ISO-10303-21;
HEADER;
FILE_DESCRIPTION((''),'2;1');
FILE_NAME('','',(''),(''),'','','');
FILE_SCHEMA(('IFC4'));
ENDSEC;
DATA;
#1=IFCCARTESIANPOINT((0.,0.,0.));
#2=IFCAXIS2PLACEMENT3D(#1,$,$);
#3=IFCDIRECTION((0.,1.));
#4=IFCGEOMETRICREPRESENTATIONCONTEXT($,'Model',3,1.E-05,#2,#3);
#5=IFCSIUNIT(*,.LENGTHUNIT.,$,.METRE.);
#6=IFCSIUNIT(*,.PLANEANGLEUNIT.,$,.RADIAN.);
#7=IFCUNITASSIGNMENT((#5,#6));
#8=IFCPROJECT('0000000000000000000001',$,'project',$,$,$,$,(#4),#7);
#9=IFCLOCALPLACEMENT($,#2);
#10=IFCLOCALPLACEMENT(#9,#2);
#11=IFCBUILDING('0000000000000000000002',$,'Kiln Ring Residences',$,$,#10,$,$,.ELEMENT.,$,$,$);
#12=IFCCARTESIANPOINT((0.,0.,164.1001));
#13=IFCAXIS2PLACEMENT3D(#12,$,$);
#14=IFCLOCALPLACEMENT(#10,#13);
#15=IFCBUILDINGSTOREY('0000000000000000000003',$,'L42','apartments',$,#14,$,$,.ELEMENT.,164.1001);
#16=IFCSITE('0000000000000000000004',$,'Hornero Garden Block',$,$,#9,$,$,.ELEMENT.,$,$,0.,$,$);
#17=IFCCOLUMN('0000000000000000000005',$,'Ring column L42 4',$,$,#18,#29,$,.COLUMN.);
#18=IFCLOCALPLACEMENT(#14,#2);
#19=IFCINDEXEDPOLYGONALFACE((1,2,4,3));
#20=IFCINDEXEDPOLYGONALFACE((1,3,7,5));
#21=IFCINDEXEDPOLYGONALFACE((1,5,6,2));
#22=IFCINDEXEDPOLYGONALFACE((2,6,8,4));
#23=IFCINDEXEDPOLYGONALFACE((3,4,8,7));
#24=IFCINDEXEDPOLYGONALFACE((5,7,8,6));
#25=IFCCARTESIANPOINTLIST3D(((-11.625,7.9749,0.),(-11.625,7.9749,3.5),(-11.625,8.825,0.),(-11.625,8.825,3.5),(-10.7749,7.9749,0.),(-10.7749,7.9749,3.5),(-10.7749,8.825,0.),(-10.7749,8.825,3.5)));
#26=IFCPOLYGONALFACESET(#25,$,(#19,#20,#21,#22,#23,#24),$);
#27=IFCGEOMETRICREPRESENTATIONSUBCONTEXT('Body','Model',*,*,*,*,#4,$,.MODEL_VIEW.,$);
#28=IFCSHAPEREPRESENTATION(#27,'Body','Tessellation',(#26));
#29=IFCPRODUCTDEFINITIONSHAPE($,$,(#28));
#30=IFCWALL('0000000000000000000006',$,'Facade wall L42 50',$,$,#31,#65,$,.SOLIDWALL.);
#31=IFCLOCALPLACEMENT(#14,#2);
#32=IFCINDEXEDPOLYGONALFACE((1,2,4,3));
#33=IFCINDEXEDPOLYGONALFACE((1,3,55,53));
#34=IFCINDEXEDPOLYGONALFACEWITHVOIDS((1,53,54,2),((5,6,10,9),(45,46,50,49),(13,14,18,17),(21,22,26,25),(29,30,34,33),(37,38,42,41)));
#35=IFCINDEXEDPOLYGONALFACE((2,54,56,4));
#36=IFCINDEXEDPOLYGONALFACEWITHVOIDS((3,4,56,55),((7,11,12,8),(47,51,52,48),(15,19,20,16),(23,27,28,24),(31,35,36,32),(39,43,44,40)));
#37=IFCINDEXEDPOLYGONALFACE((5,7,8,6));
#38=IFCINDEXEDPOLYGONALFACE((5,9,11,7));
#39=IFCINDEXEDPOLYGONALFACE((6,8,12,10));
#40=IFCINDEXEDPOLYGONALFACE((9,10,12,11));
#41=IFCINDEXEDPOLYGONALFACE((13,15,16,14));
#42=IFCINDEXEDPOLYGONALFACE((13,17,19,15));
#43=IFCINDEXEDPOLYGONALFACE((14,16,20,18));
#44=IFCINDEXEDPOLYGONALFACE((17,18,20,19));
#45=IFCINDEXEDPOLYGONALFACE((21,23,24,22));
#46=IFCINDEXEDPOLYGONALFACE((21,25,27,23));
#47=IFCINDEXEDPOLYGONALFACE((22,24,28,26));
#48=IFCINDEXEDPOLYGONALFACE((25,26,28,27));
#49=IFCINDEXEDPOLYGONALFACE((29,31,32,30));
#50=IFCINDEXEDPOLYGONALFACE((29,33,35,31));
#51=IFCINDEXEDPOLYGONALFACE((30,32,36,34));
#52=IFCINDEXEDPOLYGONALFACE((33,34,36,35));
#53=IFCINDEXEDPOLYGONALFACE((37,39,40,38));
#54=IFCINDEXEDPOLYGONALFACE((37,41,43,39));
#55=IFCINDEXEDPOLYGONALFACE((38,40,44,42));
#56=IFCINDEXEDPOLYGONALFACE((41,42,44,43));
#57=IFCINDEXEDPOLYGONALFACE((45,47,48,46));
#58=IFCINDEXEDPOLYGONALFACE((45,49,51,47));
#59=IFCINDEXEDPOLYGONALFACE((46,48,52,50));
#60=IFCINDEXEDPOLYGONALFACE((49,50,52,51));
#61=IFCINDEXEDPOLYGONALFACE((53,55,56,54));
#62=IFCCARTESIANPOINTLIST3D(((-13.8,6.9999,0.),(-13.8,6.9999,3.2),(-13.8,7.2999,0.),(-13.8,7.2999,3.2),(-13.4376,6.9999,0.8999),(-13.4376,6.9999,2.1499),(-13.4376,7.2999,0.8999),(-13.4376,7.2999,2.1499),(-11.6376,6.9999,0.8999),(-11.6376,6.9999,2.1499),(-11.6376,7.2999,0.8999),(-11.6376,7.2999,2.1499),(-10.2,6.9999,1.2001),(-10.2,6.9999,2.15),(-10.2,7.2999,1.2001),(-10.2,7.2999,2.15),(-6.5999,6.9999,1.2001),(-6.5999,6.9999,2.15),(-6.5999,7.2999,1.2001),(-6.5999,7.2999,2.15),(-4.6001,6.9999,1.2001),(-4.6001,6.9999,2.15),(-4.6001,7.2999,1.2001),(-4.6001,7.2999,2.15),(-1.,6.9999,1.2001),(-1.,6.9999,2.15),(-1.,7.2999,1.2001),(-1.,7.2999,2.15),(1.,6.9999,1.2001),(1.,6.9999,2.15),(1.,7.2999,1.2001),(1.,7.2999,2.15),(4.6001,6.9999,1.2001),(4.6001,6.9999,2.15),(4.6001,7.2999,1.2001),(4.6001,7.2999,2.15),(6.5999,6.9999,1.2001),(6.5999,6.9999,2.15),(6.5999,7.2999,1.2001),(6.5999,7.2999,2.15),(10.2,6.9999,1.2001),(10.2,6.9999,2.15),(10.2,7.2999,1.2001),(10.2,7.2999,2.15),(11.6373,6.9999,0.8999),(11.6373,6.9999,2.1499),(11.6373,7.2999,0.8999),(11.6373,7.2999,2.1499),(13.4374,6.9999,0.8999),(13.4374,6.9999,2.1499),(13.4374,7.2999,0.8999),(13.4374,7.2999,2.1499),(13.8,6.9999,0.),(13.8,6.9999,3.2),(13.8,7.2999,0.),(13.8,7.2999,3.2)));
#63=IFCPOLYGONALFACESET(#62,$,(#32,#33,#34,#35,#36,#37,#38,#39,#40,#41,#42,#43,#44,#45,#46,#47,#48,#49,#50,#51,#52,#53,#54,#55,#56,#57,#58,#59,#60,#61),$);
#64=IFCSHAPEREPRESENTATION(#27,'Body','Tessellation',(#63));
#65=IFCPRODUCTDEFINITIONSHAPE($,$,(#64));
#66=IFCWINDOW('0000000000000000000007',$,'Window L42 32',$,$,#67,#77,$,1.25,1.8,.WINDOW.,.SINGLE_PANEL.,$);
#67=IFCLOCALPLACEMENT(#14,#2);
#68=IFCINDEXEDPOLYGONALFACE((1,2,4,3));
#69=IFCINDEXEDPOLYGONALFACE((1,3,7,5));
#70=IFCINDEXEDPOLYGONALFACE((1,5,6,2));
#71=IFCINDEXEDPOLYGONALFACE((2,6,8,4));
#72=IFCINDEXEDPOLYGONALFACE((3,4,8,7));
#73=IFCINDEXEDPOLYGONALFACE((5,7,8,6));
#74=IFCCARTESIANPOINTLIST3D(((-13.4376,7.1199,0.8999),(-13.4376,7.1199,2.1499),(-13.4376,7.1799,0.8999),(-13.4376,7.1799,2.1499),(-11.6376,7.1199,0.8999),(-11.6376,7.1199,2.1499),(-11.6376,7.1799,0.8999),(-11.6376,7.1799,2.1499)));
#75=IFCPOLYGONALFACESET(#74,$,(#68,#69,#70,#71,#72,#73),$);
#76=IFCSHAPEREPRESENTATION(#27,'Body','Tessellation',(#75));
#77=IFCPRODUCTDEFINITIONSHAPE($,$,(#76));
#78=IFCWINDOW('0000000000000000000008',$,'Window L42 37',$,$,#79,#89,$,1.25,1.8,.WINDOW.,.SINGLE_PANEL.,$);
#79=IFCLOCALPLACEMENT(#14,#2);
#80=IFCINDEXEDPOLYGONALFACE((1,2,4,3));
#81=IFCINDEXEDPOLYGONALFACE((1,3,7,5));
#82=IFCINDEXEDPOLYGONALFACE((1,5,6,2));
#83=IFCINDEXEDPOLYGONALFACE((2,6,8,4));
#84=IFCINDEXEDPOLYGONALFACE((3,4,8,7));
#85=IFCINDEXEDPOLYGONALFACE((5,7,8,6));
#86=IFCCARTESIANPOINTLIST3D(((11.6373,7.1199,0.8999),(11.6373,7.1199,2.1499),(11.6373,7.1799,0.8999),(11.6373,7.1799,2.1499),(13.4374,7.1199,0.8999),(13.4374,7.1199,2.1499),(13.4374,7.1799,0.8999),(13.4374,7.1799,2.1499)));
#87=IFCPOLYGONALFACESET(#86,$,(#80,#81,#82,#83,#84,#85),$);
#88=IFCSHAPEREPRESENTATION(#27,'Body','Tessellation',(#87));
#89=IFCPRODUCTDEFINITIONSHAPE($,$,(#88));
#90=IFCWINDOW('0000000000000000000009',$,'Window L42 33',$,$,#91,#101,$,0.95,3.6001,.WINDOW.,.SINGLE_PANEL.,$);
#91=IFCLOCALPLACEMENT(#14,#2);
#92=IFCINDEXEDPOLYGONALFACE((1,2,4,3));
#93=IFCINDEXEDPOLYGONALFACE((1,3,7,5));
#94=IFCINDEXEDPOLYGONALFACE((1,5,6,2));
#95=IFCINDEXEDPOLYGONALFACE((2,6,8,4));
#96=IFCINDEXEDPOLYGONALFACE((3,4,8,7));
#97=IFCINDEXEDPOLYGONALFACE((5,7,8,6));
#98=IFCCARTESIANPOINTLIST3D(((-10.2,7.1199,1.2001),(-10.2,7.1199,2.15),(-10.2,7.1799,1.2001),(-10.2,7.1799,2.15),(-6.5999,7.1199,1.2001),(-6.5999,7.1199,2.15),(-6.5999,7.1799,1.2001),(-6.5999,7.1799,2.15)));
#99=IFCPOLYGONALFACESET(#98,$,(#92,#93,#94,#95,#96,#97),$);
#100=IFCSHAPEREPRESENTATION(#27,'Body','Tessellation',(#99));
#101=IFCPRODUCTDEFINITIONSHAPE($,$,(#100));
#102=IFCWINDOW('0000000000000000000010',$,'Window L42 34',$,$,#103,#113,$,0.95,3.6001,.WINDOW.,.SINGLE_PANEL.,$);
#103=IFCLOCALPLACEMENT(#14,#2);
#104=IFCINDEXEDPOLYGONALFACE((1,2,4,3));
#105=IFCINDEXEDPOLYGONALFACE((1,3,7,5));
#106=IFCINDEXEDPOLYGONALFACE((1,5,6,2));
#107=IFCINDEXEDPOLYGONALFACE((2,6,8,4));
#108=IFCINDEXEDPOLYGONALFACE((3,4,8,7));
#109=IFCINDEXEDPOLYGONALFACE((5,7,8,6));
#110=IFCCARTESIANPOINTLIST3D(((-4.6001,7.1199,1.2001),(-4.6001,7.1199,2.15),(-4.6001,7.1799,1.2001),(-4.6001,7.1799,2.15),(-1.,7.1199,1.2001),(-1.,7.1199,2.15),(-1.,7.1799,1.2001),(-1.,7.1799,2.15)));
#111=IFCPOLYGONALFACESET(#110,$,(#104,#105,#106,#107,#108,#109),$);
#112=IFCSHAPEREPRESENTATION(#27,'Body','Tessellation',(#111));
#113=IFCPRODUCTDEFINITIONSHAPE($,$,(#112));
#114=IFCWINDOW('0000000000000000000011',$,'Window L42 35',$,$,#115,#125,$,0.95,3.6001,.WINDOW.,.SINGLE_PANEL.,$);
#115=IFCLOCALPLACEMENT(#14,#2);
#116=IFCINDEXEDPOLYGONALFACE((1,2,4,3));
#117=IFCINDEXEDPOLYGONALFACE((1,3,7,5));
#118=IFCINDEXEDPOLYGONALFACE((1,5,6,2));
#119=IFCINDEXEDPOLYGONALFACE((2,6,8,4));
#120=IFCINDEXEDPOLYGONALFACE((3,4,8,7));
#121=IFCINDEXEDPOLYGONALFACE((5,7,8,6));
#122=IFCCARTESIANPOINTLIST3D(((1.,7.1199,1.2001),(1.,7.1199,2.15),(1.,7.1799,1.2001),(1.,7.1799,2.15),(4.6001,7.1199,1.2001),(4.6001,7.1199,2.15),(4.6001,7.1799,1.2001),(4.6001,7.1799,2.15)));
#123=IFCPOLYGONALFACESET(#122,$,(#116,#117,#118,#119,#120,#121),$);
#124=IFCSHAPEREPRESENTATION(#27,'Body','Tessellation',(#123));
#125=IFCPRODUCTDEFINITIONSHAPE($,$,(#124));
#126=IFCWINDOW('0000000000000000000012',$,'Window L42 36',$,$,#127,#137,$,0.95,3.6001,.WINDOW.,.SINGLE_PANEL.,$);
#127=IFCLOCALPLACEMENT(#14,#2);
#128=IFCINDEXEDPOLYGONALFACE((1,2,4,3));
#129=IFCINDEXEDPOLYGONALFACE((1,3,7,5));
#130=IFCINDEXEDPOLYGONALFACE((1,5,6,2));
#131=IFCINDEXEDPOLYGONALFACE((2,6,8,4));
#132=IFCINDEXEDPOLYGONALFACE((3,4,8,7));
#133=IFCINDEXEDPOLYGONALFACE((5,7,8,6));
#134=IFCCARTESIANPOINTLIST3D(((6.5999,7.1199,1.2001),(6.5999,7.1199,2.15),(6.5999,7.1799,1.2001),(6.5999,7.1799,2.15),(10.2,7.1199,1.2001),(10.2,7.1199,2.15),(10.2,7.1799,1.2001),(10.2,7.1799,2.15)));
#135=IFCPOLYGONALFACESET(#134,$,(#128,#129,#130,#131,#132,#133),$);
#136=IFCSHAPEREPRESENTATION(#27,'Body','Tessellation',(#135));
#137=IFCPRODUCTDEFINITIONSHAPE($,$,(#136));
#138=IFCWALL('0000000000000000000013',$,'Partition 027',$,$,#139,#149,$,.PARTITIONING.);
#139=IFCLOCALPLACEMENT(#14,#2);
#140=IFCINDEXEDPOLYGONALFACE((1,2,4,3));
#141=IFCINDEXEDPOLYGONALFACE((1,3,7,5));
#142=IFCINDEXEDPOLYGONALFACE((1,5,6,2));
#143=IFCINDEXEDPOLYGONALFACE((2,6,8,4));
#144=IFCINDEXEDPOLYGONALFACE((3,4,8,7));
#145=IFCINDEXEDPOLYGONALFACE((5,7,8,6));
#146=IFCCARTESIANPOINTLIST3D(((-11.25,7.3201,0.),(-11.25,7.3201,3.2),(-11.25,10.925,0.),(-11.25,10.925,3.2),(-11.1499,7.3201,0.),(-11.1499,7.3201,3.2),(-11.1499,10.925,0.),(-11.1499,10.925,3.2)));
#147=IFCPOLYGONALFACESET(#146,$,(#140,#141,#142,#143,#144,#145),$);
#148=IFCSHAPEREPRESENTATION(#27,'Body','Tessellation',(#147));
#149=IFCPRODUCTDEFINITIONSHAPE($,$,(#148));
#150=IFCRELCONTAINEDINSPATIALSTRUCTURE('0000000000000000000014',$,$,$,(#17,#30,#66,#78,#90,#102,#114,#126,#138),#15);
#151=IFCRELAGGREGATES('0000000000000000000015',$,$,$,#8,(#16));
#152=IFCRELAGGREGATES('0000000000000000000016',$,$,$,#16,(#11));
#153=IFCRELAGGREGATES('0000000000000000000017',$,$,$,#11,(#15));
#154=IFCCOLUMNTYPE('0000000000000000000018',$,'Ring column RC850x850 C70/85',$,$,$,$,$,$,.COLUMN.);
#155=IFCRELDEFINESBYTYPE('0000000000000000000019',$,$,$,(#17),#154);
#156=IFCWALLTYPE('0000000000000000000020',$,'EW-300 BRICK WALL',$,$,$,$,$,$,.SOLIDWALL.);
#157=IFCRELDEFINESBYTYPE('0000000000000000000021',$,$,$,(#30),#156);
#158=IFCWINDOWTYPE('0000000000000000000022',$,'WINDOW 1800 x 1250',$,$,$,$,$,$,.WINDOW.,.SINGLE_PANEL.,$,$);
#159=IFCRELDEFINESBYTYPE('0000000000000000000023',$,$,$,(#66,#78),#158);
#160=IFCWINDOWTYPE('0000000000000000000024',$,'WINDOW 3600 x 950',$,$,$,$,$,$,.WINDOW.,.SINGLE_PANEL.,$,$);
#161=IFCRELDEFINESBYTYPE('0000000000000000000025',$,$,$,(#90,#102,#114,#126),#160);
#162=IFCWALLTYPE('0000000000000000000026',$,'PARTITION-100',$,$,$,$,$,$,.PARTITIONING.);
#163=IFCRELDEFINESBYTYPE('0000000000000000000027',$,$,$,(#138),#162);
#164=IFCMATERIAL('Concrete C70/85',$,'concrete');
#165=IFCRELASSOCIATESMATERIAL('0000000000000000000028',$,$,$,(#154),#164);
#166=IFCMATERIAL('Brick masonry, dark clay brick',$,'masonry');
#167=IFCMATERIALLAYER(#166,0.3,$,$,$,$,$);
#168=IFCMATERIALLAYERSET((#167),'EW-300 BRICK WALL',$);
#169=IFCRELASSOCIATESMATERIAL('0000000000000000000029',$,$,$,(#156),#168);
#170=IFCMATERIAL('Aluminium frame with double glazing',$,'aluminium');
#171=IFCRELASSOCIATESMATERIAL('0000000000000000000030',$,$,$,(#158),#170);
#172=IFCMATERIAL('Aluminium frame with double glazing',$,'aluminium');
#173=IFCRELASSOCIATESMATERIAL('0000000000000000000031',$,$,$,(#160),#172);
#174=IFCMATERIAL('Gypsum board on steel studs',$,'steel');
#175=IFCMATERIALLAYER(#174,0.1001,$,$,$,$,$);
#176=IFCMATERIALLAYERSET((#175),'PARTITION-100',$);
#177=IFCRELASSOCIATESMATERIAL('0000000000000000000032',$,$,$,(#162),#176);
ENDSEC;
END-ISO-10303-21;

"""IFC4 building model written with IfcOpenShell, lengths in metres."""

from ifc_helpers import new_model, si_unit, direction, frame, frame_2d, origin, origin_2d, place, context, subcontext, project, spatial, rectangle, extrude, material, layer, layer_set, material_profile, profile_set, type_object, element, fill, save


model = new_model("IFC4")

# Units and contexts
model_context = context("Model", 3, precision=1e-05, world=origin(), true_north=direction((0.0, 1.0)))
body_context = subcontext(model_context, "Body", "Model", "MODEL_VIEW")
ifc_project = project(units=[si_unit("LENGTHUNIT", "METRE"), si_unit("PLANEANGLEUNIT", "RADIAN")], contexts=[model_context])

# Site, building, storey
site_placement = place(None, origin())
site = spatial("IfcSite", under=ifc_project, at=site_placement, Name="Hornero Garden Block", CompositionType="ELEMENT", RefElevation=0.0)
building_placement = place(site_placement, origin())
building = spatial("IfcBuilding", under=site, at=building_placement, Name="Kiln Ring Residences", CompositionType="ELEMENT")
storey_placement = place(building_placement, frame((0.0, 0.0, 164.1001)))
storey = spatial("IfcBuildingStorey", under=building, at=storey_placement, Name="L42", Description="apartments", CompositionType="ELEMENT", Elevation=164.1001)

# Column
ifc_material_1 = material(Name="Concrete C70/85", Category="concrete")
ifc_material_profile = material_profile(ifc_material_1, rectangle(XDim=0.8501, YDim=0.8501, at=origin_2d()), Name="RC850x850")
ifc_profile_set = profile_set([ifc_material_profile], Name="Concrete C70/85")
column_type = type_object("IfcColumnType", Name="Ring column RC850x850 C70/85", PredefinedType="COLUMN", material=ifc_profile_set)
column_placement = place(storey_placement, frame((-11.2, 8.3999, 0.0), z_axis=(0.0, 0.0, 1.0), x_axis=(1.0, 0.0, 0.0)))
element("IfcColumn", 1, at=column_placement, inside=storey, type_object=column_type, Name="Ring column L42 4", PredefinedType="COLUMN", context=body_context, shape_type="SweptSolid", body=[
    extrude(rectangle(XDim=0.8501, YDim=0.8501, at=origin_2d()), origin(), (0.0, 0.0, 1.0), 3.5),
])

# Wall, openings, windows
ifc_material_2 = material(Name="Brick masonry, dark clay brick", Category="masonry")
ifc_layer_1 = layer(ifc_material_2, 0.3)
ifc_layer_set_1 = layer_set([ifc_layer_1], Name="EW-300 BRICK WALL")
wall_type_1 = type_object("IfcWallType", Name="EW-300 BRICK WALL", PredefinedType="SOLIDWALL", material=ifc_layer_set_1)
wall_1_placement = place(storey_placement, frame((-13.8, 7.1499, 0.0), z_axis=(0.0, 0.0, 1.0), x_axis=(1.0, 0.0, 0.0)))
wall_1 = element("IfcWall", 2, at=wall_1_placement, inside=storey, type_object=wall_type_1, Name="Facade wall L42 50", PredefinedType="SOLIDWALL", context=body_context, shape_type="SweptSolid", body=[
    extrude(rectangle(XDim=27.6001, YDim=0.3, at=frame_2d((13.8, 0.0))), origin(), (0.0, 0.0, 1.0), 3.2),
])
opening_1_placement = place(wall_1_placement, frame((0.3625, 0.0, 0.8999)))
opening_1 = element("IfcOpeningElement", 3, at=opening_1_placement, cuts=wall_1, PredefinedType="OPENING", context=body_context, shape_type="SweptSolid", body=[
    extrude(rectangle(XDim=1.8, YDim=1.25, at=frame_2d((0.8999, 0.625))), frame((0.0, 0.1599, 0.0), z_axis=(0.0, -1.0, 0.0), x_axis=(1.0, 0.0, 0.0)), (0.0, 0.0, 1.0), 0.3201),
])
opening_2_placement = place(wall_1_placement, frame((3.6001, 0.0, 1.2)))
opening_2 = element("IfcOpeningElement", 4, at=opening_2_placement, cuts=wall_1, PredefinedType="OPENING", context=body_context, shape_type="SweptSolid", body=[
    extrude(rectangle(XDim=3.6001, YDim=0.95, at=frame_2d((1.8, 0.4751))), frame((0.0, 0.1599, 0.0), z_axis=(0.0, -1.0, 0.0), x_axis=(1.0, 0.0, 0.0)), (0.0, 0.0, 1.0), 0.3201),
])
opening_3_placement = place(wall_1_placement, frame((9.2, 0.0, 1.2)))
opening_3 = element("IfcOpeningElement", 5, at=opening_3_placement, cuts=wall_1, PredefinedType="OPENING", context=body_context, shape_type="SweptSolid", body=[
    extrude(rectangle(XDim=3.6001, YDim=0.95, at=frame_2d((1.8, 0.4751))), frame((0.0, 0.1599, 0.0), z_axis=(0.0, -1.0, 0.0), x_axis=(1.0, 0.0, 0.0)), (0.0, 0.0, 1.0), 0.3201),
])
opening_4_placement = place(wall_1_placement, frame((14.8, 0.0, 1.2)))
opening_4 = element("IfcOpeningElement", 6, at=opening_4_placement, cuts=wall_1, PredefinedType="OPENING", context=body_context, shape_type="SweptSolid", body=[
    extrude(rectangle(XDim=3.6001, YDim=0.95, at=frame_2d((1.8, 0.4751))), frame((0.0, 0.1599, 0.0), z_axis=(0.0, -1.0, 0.0), x_axis=(1.0, 0.0, 0.0)), (0.0, 0.0, 1.0), 0.3201),
])
opening_5_placement = place(wall_1_placement, frame((20.3999, 0.0, 1.2)))
opening_5 = element("IfcOpeningElement", 7, at=opening_5_placement, cuts=wall_1, PredefinedType="OPENING", context=body_context, shape_type="SweptSolid", body=[
    extrude(rectangle(XDim=3.6001, YDim=0.95, at=frame_2d((1.8, 0.4751))), frame((0.0, 0.1599, 0.0), z_axis=(0.0, -1.0, 0.0), x_axis=(1.0, 0.0, 0.0)), (0.0, 0.0, 1.0), 0.3201),
])
opening_6_placement = place(wall_1_placement, frame((25.4375, 0.0, 0.8999)))
opening_6 = element("IfcOpeningElement", 8, at=opening_6_placement, cuts=wall_1, PredefinedType="OPENING", context=body_context, shape_type="SweptSolid", body=[
    extrude(rectangle(XDim=1.8, YDim=1.25, at=frame_2d((0.8999, 0.625))), frame((0.0, 0.1599, 0.0), z_axis=(0.0, -1.0, 0.0), x_axis=(1.0, 0.0, 0.0)), (0.0, 0.0, 1.0), 0.3201),
])
ifc_material_3 = material(Name="Aluminium frame with double glazing", Category="aluminium")
window_type_1 = type_object("IfcWindowType", Name="WINDOW 1800 x 1250", PartitioningType="SINGLE_PANEL", PredefinedType="WINDOW", material=ifc_material_3)
window_1_placement = place(opening_1_placement, origin())
window_1 = element("IfcWindow", 9, at=window_1_placement, inside=storey, type_object=window_type_1, Name="Window L42 32", OverallHeight=1.25, OverallWidth=1.8, PartitioningType="SINGLE_PANEL", PredefinedType="WINDOW", context=body_context, shape_type="SweptSolid", body=[
    extrude(rectangle(XDim=1.8, YDim=1.25, at=frame_2d((0.8999, 0.625))), frame((0.0, 0.03, 0.0), z_axis=(0.0, -1.0, 0.0), x_axis=(1.0, 0.0, 0.0)), (0.0, 0.0, 1.0), 0.0601),
])
fill(opening_1, window_1)
window_2_placement = place(opening_6_placement, origin())
window_2 = element("IfcWindow", 10, at=window_2_placement, inside=storey, type_object=window_type_1, Name="Window L42 37", OverallHeight=1.25, OverallWidth=1.8, PartitioningType="SINGLE_PANEL", PredefinedType="WINDOW", context=body_context, shape_type="SweptSolid", body=[
    extrude(rectangle(XDim=1.8, YDim=1.25, at=frame_2d((0.8999, 0.625))), frame((0.0, 0.03, 0.0), z_axis=(0.0, -1.0, 0.0), x_axis=(1.0, 0.0, 0.0)), (0.0, 0.0, 1.0), 0.0601),
])
fill(opening_6, window_2)
ifc_material_4 = material(Name="Aluminium frame with double glazing", Category="aluminium")
window_type_2 = type_object("IfcWindowType", Name="WINDOW 3600 x 950", PartitioningType="SINGLE_PANEL", PredefinedType="WINDOW", material=ifc_material_4)
window_3_placement = place(opening_2_placement, origin())
window_3 = element("IfcWindow", 11, at=window_3_placement, inside=storey, type_object=window_type_2, Name="Window L42 33", OverallHeight=0.95, OverallWidth=3.6001, PartitioningType="SINGLE_PANEL", PredefinedType="WINDOW", context=body_context, shape_type="SweptSolid", body=[
    extrude(rectangle(XDim=3.6001, YDim=0.95, at=frame_2d((1.8, 0.4751))), frame((0.0, 0.03, 0.0), z_axis=(0.0, -1.0, 0.0), x_axis=(1.0, 0.0, 0.0)), (0.0, 0.0, 1.0), 0.0601),
])
fill(opening_2, window_3)
window_4_placement = place(opening_3_placement, origin())
window_4 = element("IfcWindow", 12, at=window_4_placement, inside=storey, type_object=window_type_2, Name="Window L42 34", OverallHeight=0.95, OverallWidth=3.6001, PartitioningType="SINGLE_PANEL", PredefinedType="WINDOW", context=body_context, shape_type="SweptSolid", body=[
    extrude(rectangle(XDim=3.6001, YDim=0.95, at=frame_2d((1.8, 0.4751))), frame((0.0, 0.03, 0.0), z_axis=(0.0, -1.0, 0.0), x_axis=(1.0, 0.0, 0.0)), (0.0, 0.0, 1.0), 0.0601),
])
fill(opening_3, window_4)
window_5_placement = place(opening_4_placement, origin())
window_5 = element("IfcWindow", 13, at=window_5_placement, inside=storey, type_object=window_type_2, Name="Window L42 35", OverallHeight=0.95, OverallWidth=3.6001, PartitioningType="SINGLE_PANEL", PredefinedType="WINDOW", context=body_context, shape_type="SweptSolid", body=[
    extrude(rectangle(XDim=3.6001, YDim=0.95, at=frame_2d((1.8, 0.4751))), frame((0.0, 0.03, 0.0), z_axis=(0.0, -1.0, 0.0), x_axis=(1.0, 0.0, 0.0)), (0.0, 0.0, 1.0), 0.0601),
])
fill(opening_4, window_5)
window_6_placement = place(opening_5_placement, origin())
window_6 = element("IfcWindow", 14, at=window_6_placement, inside=storey, type_object=window_type_2, Name="Window L42 36", OverallHeight=0.95, OverallWidth=3.6001, PartitioningType="SINGLE_PANEL", PredefinedType="WINDOW", context=body_context, shape_type="SweptSolid", body=[
    extrude(rectangle(XDim=3.6001, YDim=0.95, at=frame_2d((1.8, 0.4751))), frame((0.0, 0.03, 0.0), z_axis=(0.0, -1.0, 0.0), x_axis=(1.0, 0.0, 0.0)), (0.0, 0.0, 1.0), 0.0601),
])
fill(opening_5, window_6)

# Wall
ifc_material_5 = material(Name="Gypsum board on steel studs", Category="steel")
ifc_layer_2 = layer(ifc_material_5, 0.1001)
ifc_layer_set_2 = layer_set([ifc_layer_2], Name="PARTITION-100")
wall_type_2 = type_object("IfcWallType", Name="PARTITION-100", PredefinedType="PARTITIONING", material=ifc_layer_set_2)
wall_2_placement = place(storey_placement, frame((-11.2, 7.3201, 0.0), z_axis=(0.0, 0.0, 1.0), x_axis=(0.0, 1.0, 0.0)))
element("IfcWall", 15, at=wall_2_placement, inside=storey, type_object=wall_type_2, Name="Partition 027", PredefinedType="PARTITIONING", context=body_context, shape_type="SweptSolid", body=[
    extrude(rectangle(XDim=3.605, YDim=0.1001, at=frame_2d((1.8025, 0.0))), origin(), (0.0, 0.0, 1.0), 3.2),
])

save(model, "model.ifc")
